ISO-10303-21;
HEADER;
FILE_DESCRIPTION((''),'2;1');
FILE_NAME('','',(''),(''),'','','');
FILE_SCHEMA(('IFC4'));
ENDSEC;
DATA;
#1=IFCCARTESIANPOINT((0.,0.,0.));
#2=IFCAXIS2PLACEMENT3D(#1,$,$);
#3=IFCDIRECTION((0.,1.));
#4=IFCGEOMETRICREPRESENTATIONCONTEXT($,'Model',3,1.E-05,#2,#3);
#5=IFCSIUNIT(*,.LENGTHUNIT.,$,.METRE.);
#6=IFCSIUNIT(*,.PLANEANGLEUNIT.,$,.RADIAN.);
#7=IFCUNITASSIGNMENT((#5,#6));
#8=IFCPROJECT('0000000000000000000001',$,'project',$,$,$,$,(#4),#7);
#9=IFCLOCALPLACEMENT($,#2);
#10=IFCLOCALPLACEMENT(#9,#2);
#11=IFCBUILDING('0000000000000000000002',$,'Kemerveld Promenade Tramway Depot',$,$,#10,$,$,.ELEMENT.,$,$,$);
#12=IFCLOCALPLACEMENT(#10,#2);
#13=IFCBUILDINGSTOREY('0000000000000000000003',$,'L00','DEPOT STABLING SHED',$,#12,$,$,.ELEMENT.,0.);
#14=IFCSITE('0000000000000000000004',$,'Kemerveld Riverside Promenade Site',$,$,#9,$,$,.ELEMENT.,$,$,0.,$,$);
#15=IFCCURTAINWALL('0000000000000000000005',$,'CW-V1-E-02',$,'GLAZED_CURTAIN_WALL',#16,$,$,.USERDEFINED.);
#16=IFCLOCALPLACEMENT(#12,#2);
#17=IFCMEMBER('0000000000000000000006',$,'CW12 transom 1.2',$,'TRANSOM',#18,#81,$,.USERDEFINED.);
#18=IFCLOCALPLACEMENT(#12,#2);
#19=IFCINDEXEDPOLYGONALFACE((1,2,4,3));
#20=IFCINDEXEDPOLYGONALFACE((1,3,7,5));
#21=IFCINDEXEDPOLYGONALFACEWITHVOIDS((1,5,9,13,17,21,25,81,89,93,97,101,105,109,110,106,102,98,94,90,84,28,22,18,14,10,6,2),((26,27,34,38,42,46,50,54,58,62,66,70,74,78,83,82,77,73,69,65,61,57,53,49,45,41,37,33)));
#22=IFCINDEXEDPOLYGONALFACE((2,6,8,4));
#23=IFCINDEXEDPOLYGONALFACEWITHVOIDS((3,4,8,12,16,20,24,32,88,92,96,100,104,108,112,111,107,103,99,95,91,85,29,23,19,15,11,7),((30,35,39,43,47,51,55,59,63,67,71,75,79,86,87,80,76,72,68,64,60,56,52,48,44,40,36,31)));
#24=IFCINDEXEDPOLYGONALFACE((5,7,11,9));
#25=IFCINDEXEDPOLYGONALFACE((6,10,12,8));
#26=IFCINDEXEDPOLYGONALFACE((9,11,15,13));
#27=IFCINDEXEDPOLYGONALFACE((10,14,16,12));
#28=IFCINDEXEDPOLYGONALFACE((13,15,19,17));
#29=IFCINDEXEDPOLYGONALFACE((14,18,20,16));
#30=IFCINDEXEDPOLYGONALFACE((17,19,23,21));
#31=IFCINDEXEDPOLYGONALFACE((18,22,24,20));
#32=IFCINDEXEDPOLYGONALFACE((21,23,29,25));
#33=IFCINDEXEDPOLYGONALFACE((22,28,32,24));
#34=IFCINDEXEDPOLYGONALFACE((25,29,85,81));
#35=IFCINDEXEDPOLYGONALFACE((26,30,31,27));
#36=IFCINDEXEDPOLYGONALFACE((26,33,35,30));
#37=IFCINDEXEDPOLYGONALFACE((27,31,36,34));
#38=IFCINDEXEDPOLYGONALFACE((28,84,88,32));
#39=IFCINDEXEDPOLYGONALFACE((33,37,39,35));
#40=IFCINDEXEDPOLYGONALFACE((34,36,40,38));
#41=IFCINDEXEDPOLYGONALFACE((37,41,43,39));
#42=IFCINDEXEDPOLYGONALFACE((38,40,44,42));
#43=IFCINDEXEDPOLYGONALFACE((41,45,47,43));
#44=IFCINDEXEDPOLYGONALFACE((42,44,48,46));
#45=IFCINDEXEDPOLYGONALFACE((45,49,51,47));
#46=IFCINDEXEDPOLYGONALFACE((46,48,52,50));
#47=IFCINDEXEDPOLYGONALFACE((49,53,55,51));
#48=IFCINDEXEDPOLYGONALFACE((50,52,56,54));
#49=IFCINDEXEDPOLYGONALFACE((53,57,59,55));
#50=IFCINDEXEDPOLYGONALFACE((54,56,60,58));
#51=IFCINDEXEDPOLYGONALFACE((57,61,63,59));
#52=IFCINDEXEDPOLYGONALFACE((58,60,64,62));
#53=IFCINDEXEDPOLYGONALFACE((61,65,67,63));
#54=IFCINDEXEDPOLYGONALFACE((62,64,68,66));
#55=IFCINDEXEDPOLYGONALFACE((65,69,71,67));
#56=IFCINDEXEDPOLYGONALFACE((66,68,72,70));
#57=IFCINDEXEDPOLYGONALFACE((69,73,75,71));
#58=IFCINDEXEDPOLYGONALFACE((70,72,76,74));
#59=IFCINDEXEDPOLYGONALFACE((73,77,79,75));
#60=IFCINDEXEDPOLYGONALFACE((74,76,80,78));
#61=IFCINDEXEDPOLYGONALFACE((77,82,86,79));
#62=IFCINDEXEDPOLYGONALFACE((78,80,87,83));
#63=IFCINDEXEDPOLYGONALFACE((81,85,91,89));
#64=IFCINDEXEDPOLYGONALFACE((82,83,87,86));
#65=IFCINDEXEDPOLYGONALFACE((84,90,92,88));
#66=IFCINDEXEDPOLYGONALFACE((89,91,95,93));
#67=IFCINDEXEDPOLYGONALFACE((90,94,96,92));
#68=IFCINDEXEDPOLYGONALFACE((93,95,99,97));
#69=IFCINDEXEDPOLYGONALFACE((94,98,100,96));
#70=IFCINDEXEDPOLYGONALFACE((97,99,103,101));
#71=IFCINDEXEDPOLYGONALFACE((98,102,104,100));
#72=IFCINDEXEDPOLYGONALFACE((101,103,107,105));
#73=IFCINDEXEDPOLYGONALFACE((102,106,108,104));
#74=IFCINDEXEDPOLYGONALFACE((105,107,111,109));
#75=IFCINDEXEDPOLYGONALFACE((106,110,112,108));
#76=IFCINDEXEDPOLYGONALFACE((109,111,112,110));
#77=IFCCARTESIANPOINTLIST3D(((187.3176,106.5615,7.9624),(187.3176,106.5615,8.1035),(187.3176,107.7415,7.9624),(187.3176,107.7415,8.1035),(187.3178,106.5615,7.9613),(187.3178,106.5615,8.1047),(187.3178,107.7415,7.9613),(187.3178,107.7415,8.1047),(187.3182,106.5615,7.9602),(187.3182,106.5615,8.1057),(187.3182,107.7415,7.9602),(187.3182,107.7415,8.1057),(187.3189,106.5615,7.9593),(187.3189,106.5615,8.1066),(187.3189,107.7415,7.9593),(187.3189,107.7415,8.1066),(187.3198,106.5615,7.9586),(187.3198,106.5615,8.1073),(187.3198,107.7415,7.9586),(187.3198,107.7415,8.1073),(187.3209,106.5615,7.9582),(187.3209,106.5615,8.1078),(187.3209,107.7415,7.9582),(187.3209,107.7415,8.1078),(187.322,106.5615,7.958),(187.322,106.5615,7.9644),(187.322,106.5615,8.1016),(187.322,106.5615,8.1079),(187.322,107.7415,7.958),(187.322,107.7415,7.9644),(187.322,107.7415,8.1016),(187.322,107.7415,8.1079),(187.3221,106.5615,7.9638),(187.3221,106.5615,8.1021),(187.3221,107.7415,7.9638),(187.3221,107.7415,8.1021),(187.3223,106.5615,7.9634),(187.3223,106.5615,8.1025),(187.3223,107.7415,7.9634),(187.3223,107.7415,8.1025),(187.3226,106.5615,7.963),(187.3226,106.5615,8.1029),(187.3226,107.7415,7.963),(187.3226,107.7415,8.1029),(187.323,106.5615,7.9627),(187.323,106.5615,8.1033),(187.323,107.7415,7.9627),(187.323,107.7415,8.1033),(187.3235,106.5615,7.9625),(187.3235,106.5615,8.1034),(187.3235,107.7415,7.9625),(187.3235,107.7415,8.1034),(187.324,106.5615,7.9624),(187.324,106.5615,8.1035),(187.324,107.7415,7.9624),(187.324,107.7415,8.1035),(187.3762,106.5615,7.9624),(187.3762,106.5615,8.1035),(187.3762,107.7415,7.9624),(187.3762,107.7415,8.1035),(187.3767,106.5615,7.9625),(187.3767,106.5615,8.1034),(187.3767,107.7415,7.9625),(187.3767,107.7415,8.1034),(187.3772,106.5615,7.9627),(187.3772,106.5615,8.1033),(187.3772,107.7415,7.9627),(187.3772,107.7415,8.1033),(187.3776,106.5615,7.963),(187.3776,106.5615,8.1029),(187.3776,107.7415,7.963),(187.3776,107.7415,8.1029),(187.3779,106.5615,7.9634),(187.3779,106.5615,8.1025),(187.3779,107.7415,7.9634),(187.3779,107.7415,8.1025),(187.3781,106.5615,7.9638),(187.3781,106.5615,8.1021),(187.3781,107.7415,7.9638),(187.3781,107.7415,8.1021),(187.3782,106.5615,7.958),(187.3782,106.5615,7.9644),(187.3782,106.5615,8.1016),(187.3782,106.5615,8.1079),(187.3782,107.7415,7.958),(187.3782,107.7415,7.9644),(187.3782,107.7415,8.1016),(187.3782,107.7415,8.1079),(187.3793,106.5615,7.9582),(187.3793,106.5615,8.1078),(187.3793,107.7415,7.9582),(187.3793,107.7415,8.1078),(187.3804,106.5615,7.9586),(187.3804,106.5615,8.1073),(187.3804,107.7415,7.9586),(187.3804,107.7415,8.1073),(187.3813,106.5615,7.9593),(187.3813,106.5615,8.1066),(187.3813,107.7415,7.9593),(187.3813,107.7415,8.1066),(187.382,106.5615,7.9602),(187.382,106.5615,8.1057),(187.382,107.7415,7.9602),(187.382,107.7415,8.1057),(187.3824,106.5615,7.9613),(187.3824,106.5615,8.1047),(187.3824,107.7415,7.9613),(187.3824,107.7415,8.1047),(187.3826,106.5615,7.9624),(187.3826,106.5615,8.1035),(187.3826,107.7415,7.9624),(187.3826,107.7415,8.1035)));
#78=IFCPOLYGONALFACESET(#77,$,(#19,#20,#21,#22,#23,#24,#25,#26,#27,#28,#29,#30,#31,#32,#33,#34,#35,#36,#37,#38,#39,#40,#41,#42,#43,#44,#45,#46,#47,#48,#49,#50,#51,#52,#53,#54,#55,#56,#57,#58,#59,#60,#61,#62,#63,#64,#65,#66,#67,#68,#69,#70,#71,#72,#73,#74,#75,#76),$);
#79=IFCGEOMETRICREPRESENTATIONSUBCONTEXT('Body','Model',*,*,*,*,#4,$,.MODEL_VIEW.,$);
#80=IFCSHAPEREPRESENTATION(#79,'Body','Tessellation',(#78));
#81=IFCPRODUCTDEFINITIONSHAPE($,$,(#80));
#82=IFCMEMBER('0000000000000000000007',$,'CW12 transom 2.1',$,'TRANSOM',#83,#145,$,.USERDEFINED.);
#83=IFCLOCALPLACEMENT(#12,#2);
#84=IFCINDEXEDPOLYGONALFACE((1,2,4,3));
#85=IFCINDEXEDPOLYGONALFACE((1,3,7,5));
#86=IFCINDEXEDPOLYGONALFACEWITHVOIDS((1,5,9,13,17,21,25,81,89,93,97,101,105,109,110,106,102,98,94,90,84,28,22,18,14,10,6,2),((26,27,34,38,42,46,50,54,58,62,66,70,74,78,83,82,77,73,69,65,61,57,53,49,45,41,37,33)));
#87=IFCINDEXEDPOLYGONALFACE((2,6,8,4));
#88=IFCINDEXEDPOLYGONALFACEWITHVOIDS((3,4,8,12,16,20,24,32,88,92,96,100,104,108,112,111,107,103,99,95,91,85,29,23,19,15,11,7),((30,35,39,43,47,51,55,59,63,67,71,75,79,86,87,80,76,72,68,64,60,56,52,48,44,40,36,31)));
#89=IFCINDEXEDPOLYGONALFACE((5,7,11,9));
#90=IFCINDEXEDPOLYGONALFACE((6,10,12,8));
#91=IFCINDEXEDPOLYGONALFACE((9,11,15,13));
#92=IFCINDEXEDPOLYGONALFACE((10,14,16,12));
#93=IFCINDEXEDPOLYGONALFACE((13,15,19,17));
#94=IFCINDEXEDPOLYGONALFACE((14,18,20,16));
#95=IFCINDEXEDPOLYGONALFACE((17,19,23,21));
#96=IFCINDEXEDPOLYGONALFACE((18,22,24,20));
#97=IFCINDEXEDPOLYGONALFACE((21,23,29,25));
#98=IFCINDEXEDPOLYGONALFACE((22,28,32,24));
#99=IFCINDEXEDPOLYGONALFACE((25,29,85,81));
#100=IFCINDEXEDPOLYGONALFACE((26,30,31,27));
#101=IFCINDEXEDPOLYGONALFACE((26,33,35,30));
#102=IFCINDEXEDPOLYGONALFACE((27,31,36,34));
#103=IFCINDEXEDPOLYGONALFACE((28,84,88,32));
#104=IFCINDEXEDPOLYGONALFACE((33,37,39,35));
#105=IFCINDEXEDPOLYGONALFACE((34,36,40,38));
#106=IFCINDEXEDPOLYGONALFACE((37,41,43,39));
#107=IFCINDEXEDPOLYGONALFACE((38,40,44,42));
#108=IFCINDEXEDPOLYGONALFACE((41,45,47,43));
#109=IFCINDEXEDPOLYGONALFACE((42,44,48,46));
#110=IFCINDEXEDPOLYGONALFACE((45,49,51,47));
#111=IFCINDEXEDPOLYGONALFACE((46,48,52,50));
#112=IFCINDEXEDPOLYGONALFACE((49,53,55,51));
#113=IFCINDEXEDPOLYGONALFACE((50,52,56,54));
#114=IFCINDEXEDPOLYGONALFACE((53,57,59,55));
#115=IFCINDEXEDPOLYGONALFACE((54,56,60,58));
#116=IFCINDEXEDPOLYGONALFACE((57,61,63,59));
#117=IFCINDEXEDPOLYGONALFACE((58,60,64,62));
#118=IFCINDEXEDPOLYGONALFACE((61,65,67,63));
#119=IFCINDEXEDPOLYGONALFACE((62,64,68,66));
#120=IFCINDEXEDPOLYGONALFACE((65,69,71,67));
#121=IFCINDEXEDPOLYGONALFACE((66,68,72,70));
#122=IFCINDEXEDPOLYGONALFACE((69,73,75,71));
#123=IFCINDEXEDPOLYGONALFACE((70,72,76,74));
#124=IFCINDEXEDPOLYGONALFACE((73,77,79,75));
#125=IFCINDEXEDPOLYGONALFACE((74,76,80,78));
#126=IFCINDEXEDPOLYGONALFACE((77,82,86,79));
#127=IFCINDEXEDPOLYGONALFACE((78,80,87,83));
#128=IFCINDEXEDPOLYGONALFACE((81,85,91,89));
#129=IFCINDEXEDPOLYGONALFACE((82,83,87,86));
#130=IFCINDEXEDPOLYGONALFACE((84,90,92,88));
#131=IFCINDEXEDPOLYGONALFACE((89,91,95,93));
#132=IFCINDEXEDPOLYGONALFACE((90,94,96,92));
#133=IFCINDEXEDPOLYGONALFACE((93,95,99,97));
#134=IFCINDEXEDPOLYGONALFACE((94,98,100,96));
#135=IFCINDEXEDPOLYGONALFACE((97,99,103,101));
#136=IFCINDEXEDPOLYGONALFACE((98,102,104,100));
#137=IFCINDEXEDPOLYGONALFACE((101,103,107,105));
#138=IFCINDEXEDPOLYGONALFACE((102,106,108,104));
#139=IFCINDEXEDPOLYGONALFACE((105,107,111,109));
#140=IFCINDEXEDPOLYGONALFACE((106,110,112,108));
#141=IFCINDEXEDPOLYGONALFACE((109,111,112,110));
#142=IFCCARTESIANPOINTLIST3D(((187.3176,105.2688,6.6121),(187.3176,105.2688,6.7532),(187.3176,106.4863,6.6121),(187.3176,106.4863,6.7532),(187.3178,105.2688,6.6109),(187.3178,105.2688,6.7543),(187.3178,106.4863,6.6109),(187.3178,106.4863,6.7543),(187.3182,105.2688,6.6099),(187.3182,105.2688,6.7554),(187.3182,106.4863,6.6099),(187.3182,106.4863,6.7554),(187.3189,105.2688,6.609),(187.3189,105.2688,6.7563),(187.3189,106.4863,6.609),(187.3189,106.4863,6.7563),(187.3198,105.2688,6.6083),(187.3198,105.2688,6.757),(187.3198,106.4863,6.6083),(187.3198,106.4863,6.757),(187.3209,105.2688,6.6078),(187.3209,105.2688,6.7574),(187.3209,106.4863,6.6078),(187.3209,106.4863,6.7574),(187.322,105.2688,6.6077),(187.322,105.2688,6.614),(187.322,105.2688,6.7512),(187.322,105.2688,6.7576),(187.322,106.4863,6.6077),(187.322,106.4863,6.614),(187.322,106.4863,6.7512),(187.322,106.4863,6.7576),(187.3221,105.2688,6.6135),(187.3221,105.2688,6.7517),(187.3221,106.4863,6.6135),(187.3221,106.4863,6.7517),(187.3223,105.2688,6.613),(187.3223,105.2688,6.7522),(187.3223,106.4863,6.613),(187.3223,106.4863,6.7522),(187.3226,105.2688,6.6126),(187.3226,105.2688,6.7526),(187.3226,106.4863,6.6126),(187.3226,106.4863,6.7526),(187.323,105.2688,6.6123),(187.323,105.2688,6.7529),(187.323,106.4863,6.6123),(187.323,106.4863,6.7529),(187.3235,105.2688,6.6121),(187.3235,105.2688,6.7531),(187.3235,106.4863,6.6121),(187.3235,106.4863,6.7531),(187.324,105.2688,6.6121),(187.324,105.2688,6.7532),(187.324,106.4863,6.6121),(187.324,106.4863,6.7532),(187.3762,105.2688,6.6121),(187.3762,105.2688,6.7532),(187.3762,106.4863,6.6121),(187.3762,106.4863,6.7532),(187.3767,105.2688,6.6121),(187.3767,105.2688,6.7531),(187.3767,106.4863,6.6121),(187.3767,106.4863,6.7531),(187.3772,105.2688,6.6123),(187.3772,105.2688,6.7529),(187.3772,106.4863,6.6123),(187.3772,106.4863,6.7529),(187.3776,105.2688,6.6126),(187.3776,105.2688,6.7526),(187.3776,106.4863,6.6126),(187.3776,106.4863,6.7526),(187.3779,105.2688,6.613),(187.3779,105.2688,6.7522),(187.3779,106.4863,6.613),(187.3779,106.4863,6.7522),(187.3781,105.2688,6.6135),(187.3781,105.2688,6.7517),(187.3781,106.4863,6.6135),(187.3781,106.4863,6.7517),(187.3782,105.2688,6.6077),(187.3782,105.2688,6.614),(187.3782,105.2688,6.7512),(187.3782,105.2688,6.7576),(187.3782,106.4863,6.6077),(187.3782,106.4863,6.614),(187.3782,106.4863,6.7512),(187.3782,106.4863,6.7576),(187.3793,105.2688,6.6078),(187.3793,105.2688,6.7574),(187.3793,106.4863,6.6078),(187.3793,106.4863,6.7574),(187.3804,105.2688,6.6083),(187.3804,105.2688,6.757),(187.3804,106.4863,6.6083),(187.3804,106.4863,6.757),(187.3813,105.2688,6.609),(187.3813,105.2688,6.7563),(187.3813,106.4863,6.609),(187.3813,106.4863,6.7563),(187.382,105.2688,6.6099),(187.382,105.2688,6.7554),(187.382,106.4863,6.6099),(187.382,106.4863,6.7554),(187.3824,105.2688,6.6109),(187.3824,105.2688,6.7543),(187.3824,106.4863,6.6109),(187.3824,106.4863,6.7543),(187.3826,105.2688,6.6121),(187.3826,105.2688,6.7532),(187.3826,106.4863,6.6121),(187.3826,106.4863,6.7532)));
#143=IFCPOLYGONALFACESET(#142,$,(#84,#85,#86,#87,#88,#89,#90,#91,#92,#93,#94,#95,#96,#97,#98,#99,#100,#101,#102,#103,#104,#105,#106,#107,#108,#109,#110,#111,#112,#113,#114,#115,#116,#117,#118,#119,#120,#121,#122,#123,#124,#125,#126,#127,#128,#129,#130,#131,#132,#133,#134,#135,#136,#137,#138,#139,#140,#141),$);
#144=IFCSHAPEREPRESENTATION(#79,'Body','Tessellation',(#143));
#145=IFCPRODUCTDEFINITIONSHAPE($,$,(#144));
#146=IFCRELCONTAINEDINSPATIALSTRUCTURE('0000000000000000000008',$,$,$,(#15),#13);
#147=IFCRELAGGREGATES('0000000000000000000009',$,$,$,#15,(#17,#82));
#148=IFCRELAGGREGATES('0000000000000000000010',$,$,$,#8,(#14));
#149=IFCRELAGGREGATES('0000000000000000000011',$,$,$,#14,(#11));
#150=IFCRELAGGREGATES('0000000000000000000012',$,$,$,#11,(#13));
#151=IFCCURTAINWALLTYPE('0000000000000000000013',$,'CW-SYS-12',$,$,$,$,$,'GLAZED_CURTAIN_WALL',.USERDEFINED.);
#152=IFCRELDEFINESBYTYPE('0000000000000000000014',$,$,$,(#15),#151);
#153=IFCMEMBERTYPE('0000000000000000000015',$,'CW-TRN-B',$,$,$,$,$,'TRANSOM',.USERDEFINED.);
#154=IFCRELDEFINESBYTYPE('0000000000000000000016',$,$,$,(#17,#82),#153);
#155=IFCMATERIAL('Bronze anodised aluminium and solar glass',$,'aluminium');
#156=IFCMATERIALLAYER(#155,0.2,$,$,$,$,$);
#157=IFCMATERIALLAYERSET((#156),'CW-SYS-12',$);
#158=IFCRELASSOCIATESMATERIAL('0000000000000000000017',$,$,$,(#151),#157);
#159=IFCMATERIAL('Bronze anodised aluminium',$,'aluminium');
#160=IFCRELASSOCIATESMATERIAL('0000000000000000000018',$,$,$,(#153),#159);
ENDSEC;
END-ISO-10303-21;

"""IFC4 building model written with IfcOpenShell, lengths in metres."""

from ifc_helpers import new_model, si_unit, direction, frame, origin, origin_2d, place, context, subcontext, project, spatial, hollow_rectangle, extrude, material, layer, layer_set, material_profile, profile_set, type_object, element, aggregate, save


model = new_model("IFC4")

# Units and contexts
model_context = context("Model", 3, precision=1e-05, world=origin(), true_north=direction((0.0, 1.0)))
body_context = subcontext(model_context, "Body", "Model", "MODEL_VIEW")
ifc_project = project(units=[si_unit("LENGTHUNIT", "METRE"), si_unit("PLANEANGLEUNIT", "RADIAN")], contexts=[model_context])

# Site, building, storey
site_placement = place(None, origin())
site = spatial("IfcSite", under=ifc_project, at=site_placement, Name="Kemerveld Riverside Promenade Site", CompositionType="ELEMENT", RefElevation=0.0)
building_placement = place(site_placement, origin())
building = spatial("IfcBuilding", under=site, at=building_placement, Name="Kemerveld Promenade Tramway Depot", CompositionType="ELEMENT")
storey_placement = place(building_placement, origin())
storey = spatial("IfcBuildingStorey", under=building, at=storey_placement, Name="L00", Description="DEPOT STABLING SHED", CompositionType="ELEMENT", Elevation=0.0)

# Curtain wall
ifc_material_1 = material(Name="Bronze anodised aluminium and solar glass", Category="aluminium")
ifc_material_2 = material(Name="Bronze anodised aluminium", Category="aluminium")
ifc_layer_1 = layer(ifc_material_1, 0.2)
ifc_layer_set_1 = layer_set([ifc_layer_1], Name="CW-SYS-12")
curtain_wall_type_1 = type_object("IfcCurtainWallType", Name="CW-SYS-12", ElementType="GLAZED_CURTAIN_WALL", PredefinedType="USERDEFINED", material=ifc_layer_set_1)
curtain_wall_1_placement = place(storey_placement, origin())
curtain_wall_1 = element("IfcCurtainWall", 1, at=curtain_wall_1_placement, inside=storey, type_object=curtain_wall_type_1, Name="CW-V1-E-02", ObjectType="GLAZED_CURTAIN_WALL", PredefinedType="USERDEFINED")

# Members
ifc_material_profile_1 = material_profile(ifc_material_2, hollow_rectangle(XDim=0.0649, YDim=0.1499, WallThickness=0.0044, InnerFilletRadius=0.002, OuterFilletRadius=0.0044, at=origin_2d()), Name="CW-TRN-150x65")
ifc_profile_set_1 = profile_set([ifc_material_profile_1], Name="Bronze anodised aluminium")
member_type_1 = type_object("IfcMemberType", Name="CW-TRN-B", ElementType="TRANSOM", PredefinedType="USERDEFINED", material=ifc_profile_set_1)
member_1_placement = place(storey_placement, frame((187.3501, 107.7415, 8.033), z_axis=(0.0, -1.0, 0.0), x_axis=(1.0, 0.0, 0.0)))
member_1 = element("IfcMember", 2, at=member_1_placement, type_object=member_type_1, Name="CW12 transom 1.2", ObjectType="TRANSOM", PredefinedType="USERDEFINED", context=body_context, shape_type="SweptSolid", body=[
    extrude(hollow_rectangle(XDim=0.0649, YDim=0.1499, WallThickness=0.0044, InnerFilletRadius=0.002, OuterFilletRadius=0.0044, at=origin_2d()), origin(), (0.0, 0.0, 1.0), 1.1799),
])
member_2_placement = place(storey_placement, frame((187.3501, 106.4863, 6.6826), z_axis=(0.0, -1.0, 0.0), x_axis=(1.0, 0.0, 0.0)))
member_2 = element("IfcMember", 3, at=member_2_placement, type_object=member_type_1, Name="CW12 transom 2.1", ObjectType="TRANSOM", PredefinedType="USERDEFINED", context=body_context, shape_type="SweptSolid", body=[
    extrude(hollow_rectangle(XDim=0.0649, YDim=0.1499, WallThickness=0.0044, InnerFilletRadius=0.002, OuterFilletRadius=0.0044, at=origin_2d()), origin(), (0.0, 0.0, 1.0), 1.2175),
])

aggregate(curtain_wall_1, [member_1, member_2])

save(model, "model.ifc")
